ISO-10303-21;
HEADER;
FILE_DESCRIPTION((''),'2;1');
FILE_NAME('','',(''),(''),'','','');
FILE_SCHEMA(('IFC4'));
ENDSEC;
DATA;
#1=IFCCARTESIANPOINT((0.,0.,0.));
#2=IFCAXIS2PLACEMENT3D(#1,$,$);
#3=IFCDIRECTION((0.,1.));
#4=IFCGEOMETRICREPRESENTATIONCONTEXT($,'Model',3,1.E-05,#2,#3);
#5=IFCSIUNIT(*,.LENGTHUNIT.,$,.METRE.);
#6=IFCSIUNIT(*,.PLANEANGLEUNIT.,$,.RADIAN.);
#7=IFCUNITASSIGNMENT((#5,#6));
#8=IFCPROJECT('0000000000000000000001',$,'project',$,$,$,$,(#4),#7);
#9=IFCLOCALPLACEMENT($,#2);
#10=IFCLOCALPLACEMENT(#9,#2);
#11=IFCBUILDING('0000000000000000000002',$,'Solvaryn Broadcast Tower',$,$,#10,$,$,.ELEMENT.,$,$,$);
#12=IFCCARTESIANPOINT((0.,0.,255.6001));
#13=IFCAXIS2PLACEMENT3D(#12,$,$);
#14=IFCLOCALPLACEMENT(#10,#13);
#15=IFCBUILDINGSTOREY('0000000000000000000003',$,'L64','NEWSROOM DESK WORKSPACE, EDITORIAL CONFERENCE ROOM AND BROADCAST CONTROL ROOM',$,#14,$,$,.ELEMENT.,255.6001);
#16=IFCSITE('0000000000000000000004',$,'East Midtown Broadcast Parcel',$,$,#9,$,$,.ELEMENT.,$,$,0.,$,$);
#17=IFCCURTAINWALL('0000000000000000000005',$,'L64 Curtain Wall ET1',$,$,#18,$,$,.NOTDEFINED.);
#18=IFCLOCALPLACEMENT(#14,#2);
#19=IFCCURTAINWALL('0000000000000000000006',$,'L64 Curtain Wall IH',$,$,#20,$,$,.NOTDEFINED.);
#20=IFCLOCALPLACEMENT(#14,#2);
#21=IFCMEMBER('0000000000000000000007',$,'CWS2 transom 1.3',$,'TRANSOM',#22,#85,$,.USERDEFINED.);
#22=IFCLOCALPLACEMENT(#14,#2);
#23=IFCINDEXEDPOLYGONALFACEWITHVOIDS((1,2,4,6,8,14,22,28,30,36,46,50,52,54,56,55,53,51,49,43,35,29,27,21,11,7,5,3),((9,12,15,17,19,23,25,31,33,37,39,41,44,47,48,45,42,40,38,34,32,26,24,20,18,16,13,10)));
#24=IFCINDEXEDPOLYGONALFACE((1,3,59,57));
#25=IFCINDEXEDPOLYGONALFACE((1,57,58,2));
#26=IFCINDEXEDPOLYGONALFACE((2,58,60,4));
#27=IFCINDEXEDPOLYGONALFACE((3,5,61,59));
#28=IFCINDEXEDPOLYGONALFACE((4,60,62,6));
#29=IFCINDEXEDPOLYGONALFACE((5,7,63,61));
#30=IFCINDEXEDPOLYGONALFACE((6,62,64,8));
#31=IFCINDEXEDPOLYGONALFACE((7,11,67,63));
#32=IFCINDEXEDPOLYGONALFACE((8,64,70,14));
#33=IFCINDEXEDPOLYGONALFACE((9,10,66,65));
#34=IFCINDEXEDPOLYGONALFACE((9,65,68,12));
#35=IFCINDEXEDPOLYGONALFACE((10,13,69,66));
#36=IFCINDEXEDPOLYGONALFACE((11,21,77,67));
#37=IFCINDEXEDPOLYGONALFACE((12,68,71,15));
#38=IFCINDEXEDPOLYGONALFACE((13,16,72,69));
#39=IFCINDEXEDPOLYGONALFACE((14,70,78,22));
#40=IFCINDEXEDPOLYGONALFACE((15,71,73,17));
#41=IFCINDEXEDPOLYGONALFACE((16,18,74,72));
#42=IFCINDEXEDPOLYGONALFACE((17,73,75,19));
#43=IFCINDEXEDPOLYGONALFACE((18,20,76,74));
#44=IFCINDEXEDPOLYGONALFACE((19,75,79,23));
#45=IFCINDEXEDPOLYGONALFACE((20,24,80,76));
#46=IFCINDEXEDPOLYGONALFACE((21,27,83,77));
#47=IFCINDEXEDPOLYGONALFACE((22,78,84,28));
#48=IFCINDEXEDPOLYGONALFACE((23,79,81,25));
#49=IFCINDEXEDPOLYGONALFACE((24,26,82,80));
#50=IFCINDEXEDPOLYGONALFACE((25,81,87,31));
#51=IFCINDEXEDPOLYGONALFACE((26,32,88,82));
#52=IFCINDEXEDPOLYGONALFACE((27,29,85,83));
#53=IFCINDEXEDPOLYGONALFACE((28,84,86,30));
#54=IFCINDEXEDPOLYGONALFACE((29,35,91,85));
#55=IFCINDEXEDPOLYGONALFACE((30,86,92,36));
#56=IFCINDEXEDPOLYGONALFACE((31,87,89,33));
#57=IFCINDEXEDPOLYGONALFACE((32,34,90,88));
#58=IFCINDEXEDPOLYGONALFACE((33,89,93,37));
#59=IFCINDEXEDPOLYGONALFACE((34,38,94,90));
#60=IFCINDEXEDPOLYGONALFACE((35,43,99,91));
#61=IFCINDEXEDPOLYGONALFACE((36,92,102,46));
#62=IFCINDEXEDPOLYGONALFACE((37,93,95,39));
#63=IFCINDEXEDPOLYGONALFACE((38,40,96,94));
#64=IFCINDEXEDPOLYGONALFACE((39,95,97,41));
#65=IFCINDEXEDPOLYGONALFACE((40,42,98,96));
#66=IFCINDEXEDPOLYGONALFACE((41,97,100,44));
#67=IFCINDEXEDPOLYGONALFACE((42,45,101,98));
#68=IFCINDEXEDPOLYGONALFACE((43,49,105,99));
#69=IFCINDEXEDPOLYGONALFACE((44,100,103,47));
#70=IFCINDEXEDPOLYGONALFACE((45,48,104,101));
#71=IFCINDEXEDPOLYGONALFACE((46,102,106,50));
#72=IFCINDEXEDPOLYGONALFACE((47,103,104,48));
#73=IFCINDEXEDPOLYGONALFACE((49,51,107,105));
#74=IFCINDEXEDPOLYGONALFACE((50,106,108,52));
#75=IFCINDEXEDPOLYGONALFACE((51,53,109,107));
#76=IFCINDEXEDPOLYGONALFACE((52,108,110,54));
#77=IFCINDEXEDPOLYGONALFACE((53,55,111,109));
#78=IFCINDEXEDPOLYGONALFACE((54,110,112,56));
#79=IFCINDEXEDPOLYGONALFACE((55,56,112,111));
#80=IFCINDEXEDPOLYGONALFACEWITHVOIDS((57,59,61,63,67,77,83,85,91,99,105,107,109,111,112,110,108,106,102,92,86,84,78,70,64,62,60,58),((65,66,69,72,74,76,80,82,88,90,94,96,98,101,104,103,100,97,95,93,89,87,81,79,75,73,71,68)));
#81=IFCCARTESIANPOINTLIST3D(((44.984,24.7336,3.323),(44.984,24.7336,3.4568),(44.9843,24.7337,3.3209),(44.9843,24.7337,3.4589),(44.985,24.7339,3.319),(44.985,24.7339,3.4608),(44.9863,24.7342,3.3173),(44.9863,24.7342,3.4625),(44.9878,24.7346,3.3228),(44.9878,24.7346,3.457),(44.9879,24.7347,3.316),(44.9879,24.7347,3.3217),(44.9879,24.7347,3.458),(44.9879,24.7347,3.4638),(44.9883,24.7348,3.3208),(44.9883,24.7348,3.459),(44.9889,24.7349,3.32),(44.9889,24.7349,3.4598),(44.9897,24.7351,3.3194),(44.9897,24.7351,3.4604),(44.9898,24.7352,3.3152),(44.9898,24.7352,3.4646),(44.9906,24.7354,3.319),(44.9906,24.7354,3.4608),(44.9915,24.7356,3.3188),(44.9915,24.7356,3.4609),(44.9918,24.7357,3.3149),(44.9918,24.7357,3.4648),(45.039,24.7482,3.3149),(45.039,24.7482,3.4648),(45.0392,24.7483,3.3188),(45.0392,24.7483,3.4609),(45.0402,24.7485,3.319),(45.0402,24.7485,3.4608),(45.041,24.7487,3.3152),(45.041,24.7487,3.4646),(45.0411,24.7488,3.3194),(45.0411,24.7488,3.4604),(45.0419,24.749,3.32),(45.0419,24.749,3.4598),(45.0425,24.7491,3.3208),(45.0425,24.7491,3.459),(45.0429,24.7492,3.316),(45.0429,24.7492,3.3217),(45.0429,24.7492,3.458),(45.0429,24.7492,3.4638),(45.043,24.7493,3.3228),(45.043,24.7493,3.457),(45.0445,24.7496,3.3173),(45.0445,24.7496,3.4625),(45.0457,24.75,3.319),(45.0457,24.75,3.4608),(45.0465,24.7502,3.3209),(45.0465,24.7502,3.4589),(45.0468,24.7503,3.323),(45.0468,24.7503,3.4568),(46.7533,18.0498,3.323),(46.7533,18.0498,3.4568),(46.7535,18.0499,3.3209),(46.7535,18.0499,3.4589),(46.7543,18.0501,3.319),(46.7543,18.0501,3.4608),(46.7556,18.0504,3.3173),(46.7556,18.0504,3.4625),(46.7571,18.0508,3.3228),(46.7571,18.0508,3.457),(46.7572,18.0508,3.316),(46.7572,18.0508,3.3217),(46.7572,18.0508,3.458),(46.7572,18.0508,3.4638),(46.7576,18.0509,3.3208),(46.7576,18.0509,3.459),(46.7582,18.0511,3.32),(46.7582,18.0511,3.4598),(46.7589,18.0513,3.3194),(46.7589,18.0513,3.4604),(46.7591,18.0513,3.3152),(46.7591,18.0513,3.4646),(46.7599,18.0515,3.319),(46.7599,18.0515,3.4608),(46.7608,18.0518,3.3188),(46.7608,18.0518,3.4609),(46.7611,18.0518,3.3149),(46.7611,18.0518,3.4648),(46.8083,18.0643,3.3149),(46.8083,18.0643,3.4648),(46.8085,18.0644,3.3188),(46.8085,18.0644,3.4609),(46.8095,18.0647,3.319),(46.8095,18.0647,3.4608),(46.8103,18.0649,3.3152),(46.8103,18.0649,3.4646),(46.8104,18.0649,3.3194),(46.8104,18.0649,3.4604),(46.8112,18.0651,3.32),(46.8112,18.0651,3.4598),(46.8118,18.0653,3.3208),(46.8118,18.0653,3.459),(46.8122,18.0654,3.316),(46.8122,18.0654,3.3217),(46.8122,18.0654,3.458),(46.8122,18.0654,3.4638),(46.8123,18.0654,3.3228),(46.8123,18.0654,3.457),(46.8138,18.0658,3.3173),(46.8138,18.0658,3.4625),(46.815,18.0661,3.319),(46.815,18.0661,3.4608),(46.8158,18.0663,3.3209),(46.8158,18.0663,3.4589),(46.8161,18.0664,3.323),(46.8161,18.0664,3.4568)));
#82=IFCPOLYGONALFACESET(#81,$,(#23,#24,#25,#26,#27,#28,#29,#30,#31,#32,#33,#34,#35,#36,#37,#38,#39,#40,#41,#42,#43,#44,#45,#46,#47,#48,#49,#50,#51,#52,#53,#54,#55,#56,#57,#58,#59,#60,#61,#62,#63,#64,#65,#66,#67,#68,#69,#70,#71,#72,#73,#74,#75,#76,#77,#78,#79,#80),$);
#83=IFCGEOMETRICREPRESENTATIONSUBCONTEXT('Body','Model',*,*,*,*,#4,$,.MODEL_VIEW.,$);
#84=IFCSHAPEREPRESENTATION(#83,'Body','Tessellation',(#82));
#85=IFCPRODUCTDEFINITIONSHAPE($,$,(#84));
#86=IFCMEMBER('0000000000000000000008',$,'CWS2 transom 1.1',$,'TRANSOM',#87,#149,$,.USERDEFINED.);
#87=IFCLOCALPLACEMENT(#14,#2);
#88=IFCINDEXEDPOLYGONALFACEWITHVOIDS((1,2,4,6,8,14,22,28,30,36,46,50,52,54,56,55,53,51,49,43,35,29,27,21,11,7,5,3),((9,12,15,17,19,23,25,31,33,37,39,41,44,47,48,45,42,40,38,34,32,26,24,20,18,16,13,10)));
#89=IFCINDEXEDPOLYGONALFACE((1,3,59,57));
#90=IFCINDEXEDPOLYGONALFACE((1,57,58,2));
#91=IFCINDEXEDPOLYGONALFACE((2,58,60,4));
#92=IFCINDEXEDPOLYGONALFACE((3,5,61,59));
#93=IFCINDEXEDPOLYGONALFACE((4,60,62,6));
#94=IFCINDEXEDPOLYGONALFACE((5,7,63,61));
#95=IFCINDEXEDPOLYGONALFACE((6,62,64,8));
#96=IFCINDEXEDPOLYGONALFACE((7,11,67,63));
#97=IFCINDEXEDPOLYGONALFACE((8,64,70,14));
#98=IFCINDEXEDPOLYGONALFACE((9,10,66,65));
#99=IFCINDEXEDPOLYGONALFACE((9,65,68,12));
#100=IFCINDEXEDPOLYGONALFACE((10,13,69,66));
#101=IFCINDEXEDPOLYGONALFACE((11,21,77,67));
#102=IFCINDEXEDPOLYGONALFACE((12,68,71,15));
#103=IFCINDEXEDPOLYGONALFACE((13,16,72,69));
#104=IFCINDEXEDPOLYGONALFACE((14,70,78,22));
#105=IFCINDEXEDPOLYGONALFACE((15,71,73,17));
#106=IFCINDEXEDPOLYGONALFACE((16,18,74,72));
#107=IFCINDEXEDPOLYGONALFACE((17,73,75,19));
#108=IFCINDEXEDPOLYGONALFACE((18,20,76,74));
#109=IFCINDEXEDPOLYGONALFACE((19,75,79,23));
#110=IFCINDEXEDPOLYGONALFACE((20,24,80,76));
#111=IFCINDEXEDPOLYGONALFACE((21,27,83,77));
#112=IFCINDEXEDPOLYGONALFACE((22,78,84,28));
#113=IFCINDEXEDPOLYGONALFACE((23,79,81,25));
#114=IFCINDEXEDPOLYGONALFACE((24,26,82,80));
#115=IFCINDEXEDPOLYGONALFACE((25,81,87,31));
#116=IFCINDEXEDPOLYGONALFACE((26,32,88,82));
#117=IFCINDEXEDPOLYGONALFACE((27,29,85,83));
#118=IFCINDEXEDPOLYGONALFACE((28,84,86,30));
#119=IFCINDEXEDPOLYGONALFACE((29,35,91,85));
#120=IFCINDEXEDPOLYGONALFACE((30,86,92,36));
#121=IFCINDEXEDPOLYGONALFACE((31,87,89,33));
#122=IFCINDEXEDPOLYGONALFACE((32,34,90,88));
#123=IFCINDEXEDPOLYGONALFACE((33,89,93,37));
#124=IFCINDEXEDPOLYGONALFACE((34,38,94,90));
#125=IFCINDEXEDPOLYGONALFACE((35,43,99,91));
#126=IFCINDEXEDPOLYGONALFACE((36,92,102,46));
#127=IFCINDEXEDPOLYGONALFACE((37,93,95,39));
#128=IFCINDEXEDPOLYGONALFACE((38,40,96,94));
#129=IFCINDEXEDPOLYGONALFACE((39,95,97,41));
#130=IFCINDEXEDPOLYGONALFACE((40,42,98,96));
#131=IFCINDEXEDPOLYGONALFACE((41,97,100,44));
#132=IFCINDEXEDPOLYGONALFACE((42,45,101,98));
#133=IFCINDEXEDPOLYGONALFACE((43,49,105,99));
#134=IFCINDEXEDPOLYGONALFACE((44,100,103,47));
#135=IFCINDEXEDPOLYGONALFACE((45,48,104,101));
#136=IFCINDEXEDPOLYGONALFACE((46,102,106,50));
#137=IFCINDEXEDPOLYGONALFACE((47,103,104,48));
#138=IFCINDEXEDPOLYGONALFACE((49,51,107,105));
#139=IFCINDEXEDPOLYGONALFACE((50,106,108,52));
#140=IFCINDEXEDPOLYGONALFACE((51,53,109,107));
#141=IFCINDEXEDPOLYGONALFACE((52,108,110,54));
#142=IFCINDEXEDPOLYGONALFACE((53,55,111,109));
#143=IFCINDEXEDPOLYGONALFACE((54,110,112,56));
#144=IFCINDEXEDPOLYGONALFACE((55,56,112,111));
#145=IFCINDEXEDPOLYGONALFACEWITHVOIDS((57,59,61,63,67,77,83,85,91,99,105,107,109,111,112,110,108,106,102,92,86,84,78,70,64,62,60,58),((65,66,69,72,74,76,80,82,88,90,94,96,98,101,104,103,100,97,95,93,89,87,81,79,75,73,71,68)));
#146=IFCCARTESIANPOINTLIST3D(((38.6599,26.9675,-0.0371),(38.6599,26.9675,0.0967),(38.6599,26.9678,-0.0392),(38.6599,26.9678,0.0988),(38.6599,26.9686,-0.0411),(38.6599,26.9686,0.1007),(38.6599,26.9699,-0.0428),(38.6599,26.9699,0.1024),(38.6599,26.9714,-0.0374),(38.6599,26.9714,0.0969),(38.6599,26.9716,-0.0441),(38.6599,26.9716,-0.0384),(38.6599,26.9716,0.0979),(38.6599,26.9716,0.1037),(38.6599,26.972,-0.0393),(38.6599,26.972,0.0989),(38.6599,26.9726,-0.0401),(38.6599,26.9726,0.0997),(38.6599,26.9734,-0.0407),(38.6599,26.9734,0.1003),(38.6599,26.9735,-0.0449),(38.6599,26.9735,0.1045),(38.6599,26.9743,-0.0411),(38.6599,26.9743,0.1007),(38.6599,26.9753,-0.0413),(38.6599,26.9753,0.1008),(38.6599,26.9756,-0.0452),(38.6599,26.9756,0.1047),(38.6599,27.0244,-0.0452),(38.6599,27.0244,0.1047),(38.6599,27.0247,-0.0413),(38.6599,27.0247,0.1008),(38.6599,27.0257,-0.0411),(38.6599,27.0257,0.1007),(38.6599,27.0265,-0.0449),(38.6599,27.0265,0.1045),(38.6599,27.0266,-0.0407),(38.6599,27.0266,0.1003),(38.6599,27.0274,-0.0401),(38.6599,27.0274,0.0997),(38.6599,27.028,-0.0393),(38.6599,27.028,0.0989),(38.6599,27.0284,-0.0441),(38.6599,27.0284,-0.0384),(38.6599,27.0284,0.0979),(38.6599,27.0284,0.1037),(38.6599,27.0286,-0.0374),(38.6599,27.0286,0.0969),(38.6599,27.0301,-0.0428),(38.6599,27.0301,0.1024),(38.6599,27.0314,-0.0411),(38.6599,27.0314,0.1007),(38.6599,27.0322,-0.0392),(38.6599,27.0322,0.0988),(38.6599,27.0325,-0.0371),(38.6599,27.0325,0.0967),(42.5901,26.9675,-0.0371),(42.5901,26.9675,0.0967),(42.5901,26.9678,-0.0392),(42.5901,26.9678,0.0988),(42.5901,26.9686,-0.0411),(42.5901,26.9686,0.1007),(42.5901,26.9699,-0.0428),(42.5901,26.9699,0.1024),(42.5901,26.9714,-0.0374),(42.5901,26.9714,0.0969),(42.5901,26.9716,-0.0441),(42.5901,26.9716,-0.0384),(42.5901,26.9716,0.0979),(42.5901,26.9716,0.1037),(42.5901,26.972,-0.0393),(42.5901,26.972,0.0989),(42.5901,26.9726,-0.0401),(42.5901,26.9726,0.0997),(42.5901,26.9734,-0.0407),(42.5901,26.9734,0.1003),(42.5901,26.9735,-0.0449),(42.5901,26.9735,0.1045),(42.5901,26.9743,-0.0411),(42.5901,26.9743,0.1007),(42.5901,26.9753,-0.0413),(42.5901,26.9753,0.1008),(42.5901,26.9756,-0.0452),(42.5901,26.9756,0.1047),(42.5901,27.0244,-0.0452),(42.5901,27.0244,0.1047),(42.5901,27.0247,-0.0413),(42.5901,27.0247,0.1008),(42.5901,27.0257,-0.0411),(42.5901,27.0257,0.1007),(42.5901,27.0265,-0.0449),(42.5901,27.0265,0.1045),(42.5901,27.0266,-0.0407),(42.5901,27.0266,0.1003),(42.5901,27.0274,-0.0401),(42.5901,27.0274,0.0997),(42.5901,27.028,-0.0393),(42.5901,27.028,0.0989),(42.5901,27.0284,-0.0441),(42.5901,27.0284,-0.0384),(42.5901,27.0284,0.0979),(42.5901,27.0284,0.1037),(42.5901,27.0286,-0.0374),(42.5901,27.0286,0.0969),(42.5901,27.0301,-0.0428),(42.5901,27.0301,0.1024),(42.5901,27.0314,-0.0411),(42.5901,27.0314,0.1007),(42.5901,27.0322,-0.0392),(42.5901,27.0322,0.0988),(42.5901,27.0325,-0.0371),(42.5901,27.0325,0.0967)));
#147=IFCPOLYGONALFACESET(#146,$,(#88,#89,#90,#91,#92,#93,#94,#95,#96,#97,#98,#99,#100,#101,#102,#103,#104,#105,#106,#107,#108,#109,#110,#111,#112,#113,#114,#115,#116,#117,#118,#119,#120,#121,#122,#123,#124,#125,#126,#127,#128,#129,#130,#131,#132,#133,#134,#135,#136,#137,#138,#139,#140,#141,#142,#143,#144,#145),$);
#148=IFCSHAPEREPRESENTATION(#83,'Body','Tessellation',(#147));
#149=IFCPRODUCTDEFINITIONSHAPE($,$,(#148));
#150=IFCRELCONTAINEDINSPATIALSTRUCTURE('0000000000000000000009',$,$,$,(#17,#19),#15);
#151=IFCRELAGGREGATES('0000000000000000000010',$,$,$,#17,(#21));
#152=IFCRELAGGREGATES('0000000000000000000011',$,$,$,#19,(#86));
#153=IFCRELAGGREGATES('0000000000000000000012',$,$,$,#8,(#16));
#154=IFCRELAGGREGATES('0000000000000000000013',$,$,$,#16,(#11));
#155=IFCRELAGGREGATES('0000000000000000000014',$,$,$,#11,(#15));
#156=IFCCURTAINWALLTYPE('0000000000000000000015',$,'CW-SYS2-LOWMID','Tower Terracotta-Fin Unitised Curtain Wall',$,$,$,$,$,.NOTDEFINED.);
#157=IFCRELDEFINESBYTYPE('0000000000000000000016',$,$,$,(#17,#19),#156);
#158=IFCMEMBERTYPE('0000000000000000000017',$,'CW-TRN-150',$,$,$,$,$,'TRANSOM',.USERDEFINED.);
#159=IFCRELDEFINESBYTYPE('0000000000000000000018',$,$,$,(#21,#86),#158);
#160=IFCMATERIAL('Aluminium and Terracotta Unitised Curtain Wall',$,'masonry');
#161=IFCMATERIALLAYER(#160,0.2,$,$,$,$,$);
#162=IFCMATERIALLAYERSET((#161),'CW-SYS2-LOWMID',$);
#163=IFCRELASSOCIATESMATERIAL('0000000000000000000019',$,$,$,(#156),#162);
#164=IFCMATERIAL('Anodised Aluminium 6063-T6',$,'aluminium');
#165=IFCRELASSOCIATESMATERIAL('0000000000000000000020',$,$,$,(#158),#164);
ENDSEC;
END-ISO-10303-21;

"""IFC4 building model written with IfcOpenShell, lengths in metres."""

from ifc_helpers import new_model, si_unit, direction, frame, origin, origin_2d, place, context, subcontext, project, spatial, hollow_rectangle, extrude, material, layer, layer_set, material_profile, profile_set, type_object, element, aggregate, save


model = new_model("IFC4")

# Units and contexts
model_context = context("Model", 3, precision=1e-05, world=origin(), true_north=direction((0.0, 1.0)))
body_context = subcontext(model_context, "Body", "Model", "MODEL_VIEW")
ifc_project = project(units=[si_unit("LENGTHUNIT", "METRE"), si_unit("PLANEANGLEUNIT", "RADIAN")], contexts=[model_context])

# Site, building, storey
site_placement = place(None, origin())
site = spatial("IfcSite", under=ifc_project, at=site_placement, Name="East Midtown Broadcast Parcel", CompositionType="ELEMENT", RefElevation=0.0)
building_placement = place(site_placement, origin())
building = spatial("IfcBuilding", under=site, at=building_placement, Name="Solvaryn Broadcast Tower", CompositionType="ELEMENT")
storey_placement = place(building_placement, frame((0.0, 0.0, 255.6001)))
storey = spatial("IfcBuildingStorey", under=building, at=storey_placement, Name="L64", Description="NEWSROOM DESK WORKSPACE, EDITORIAL CONFERENCE ROOM AND BROADCAST CONTROL ROOM", CompositionType="ELEMENT", Elevation=255.6001)

# Curtain walls
ifc_material_1 = material(Name="Aluminium and Terracotta Unitised Curtain Wall", Category="masonry")
ifc_layer_1 = layer(ifc_material_1, 0.2)
ifc_layer_set_1 = layer_set([ifc_layer_1], Name="CW-SYS2-LOWMID")
curtain_wall_type = type_object("IfcCurtainWallType", Name="CW-SYS2-LOWMID", Description="Tower Terracotta-Fin Unitised Curtain Wall", PredefinedType="NOTDEFINED", material=ifc_layer_set_1)
curtain_wall_1_placement = place(storey_placement, origin())
curtain_wall_1 = element("IfcCurtainWall", 1, at=curtain_wall_1_placement, inside=storey, type_object=curtain_wall_type, Name="L64 Curtain Wall ET1", PredefinedType="NOTDEFINED")
curtain_wall_2_placement = place(storey_placement, origin())
curtain_wall_2 = element("IfcCurtainWall", 2, at=curtain_wall_2_placement, inside=storey, type_object=curtain_wall_type, Name="L64 Curtain Wall IH", PredefinedType="NOTDEFINED")

# Members
ifc_material_2 = material(Name="Anodised Aluminium 6063-T6", Category="aluminium")
ifc_material_profile_1 = material_profile(ifc_material_2, hollow_rectangle(XDim=0.0649, YDim=0.1499, WallThickness=0.0039, InnerFilletRadius=0.0039, OuterFilletRadius=0.0081, at=origin_2d()))
ifc_profile_set_1 = profile_set([ifc_material_profile_1], Name="Anodised Aluminium 6063-T6")
member_type_1 = type_object("IfcMemberType", Name="CW-TRN-150", ElementType="TRANSOM", PredefinedType="USERDEFINED", material=ifc_profile_set_1)
member_1_placement = place(storey_placement, frame((45.0154, 24.7419, 3.3899), z_axis=(0.255897, -0.966704, 0.0), x_axis=(0.966704, 0.255897, 0.0)))
member_1 = element("IfcMember", 3, at=member_1_placement, type_object=member_type_1, Name="CWS2 transom 1.3", ObjectType="TRANSOM", PredefinedType="USERDEFINED", context=body_context, shape_type="SweptSolid", body=[
    extrude(hollow_rectangle(XDim=0.0649, YDim=0.1499, WallThickness=0.0039, InnerFilletRadius=0.0039, OuterFilletRadius=0.0081, at=origin_2d()), origin(), (0.0, 0.0, 1.0), 6.9141),
])
member_2_placement = place(storey_placement, frame((38.6599, 27.0, 0.0298), z_axis=(1.0, 0.0, 0.0), x_axis=(0.0, 1.0, 0.0)))
member_2 = element("IfcMember", 4, at=member_2_placement, type_object=member_type_1, Name="CWS2 transom 1.1", ObjectType="TRANSOM", PredefinedType="USERDEFINED", context=body_context, shape_type="SweptSolid", body=[
    extrude(hollow_rectangle(XDim=0.0649, YDim=0.1499, WallThickness=0.0039, InnerFilletRadius=0.0039, OuterFilletRadius=0.0081, at=origin_2d()), origin(), (0.0, 0.0, 1.0), 3.9302),
])

aggregate(curtain_wall_1, [member_1])
aggregate(curtain_wall_2, [member_2])

save(model, "model.ifc")
